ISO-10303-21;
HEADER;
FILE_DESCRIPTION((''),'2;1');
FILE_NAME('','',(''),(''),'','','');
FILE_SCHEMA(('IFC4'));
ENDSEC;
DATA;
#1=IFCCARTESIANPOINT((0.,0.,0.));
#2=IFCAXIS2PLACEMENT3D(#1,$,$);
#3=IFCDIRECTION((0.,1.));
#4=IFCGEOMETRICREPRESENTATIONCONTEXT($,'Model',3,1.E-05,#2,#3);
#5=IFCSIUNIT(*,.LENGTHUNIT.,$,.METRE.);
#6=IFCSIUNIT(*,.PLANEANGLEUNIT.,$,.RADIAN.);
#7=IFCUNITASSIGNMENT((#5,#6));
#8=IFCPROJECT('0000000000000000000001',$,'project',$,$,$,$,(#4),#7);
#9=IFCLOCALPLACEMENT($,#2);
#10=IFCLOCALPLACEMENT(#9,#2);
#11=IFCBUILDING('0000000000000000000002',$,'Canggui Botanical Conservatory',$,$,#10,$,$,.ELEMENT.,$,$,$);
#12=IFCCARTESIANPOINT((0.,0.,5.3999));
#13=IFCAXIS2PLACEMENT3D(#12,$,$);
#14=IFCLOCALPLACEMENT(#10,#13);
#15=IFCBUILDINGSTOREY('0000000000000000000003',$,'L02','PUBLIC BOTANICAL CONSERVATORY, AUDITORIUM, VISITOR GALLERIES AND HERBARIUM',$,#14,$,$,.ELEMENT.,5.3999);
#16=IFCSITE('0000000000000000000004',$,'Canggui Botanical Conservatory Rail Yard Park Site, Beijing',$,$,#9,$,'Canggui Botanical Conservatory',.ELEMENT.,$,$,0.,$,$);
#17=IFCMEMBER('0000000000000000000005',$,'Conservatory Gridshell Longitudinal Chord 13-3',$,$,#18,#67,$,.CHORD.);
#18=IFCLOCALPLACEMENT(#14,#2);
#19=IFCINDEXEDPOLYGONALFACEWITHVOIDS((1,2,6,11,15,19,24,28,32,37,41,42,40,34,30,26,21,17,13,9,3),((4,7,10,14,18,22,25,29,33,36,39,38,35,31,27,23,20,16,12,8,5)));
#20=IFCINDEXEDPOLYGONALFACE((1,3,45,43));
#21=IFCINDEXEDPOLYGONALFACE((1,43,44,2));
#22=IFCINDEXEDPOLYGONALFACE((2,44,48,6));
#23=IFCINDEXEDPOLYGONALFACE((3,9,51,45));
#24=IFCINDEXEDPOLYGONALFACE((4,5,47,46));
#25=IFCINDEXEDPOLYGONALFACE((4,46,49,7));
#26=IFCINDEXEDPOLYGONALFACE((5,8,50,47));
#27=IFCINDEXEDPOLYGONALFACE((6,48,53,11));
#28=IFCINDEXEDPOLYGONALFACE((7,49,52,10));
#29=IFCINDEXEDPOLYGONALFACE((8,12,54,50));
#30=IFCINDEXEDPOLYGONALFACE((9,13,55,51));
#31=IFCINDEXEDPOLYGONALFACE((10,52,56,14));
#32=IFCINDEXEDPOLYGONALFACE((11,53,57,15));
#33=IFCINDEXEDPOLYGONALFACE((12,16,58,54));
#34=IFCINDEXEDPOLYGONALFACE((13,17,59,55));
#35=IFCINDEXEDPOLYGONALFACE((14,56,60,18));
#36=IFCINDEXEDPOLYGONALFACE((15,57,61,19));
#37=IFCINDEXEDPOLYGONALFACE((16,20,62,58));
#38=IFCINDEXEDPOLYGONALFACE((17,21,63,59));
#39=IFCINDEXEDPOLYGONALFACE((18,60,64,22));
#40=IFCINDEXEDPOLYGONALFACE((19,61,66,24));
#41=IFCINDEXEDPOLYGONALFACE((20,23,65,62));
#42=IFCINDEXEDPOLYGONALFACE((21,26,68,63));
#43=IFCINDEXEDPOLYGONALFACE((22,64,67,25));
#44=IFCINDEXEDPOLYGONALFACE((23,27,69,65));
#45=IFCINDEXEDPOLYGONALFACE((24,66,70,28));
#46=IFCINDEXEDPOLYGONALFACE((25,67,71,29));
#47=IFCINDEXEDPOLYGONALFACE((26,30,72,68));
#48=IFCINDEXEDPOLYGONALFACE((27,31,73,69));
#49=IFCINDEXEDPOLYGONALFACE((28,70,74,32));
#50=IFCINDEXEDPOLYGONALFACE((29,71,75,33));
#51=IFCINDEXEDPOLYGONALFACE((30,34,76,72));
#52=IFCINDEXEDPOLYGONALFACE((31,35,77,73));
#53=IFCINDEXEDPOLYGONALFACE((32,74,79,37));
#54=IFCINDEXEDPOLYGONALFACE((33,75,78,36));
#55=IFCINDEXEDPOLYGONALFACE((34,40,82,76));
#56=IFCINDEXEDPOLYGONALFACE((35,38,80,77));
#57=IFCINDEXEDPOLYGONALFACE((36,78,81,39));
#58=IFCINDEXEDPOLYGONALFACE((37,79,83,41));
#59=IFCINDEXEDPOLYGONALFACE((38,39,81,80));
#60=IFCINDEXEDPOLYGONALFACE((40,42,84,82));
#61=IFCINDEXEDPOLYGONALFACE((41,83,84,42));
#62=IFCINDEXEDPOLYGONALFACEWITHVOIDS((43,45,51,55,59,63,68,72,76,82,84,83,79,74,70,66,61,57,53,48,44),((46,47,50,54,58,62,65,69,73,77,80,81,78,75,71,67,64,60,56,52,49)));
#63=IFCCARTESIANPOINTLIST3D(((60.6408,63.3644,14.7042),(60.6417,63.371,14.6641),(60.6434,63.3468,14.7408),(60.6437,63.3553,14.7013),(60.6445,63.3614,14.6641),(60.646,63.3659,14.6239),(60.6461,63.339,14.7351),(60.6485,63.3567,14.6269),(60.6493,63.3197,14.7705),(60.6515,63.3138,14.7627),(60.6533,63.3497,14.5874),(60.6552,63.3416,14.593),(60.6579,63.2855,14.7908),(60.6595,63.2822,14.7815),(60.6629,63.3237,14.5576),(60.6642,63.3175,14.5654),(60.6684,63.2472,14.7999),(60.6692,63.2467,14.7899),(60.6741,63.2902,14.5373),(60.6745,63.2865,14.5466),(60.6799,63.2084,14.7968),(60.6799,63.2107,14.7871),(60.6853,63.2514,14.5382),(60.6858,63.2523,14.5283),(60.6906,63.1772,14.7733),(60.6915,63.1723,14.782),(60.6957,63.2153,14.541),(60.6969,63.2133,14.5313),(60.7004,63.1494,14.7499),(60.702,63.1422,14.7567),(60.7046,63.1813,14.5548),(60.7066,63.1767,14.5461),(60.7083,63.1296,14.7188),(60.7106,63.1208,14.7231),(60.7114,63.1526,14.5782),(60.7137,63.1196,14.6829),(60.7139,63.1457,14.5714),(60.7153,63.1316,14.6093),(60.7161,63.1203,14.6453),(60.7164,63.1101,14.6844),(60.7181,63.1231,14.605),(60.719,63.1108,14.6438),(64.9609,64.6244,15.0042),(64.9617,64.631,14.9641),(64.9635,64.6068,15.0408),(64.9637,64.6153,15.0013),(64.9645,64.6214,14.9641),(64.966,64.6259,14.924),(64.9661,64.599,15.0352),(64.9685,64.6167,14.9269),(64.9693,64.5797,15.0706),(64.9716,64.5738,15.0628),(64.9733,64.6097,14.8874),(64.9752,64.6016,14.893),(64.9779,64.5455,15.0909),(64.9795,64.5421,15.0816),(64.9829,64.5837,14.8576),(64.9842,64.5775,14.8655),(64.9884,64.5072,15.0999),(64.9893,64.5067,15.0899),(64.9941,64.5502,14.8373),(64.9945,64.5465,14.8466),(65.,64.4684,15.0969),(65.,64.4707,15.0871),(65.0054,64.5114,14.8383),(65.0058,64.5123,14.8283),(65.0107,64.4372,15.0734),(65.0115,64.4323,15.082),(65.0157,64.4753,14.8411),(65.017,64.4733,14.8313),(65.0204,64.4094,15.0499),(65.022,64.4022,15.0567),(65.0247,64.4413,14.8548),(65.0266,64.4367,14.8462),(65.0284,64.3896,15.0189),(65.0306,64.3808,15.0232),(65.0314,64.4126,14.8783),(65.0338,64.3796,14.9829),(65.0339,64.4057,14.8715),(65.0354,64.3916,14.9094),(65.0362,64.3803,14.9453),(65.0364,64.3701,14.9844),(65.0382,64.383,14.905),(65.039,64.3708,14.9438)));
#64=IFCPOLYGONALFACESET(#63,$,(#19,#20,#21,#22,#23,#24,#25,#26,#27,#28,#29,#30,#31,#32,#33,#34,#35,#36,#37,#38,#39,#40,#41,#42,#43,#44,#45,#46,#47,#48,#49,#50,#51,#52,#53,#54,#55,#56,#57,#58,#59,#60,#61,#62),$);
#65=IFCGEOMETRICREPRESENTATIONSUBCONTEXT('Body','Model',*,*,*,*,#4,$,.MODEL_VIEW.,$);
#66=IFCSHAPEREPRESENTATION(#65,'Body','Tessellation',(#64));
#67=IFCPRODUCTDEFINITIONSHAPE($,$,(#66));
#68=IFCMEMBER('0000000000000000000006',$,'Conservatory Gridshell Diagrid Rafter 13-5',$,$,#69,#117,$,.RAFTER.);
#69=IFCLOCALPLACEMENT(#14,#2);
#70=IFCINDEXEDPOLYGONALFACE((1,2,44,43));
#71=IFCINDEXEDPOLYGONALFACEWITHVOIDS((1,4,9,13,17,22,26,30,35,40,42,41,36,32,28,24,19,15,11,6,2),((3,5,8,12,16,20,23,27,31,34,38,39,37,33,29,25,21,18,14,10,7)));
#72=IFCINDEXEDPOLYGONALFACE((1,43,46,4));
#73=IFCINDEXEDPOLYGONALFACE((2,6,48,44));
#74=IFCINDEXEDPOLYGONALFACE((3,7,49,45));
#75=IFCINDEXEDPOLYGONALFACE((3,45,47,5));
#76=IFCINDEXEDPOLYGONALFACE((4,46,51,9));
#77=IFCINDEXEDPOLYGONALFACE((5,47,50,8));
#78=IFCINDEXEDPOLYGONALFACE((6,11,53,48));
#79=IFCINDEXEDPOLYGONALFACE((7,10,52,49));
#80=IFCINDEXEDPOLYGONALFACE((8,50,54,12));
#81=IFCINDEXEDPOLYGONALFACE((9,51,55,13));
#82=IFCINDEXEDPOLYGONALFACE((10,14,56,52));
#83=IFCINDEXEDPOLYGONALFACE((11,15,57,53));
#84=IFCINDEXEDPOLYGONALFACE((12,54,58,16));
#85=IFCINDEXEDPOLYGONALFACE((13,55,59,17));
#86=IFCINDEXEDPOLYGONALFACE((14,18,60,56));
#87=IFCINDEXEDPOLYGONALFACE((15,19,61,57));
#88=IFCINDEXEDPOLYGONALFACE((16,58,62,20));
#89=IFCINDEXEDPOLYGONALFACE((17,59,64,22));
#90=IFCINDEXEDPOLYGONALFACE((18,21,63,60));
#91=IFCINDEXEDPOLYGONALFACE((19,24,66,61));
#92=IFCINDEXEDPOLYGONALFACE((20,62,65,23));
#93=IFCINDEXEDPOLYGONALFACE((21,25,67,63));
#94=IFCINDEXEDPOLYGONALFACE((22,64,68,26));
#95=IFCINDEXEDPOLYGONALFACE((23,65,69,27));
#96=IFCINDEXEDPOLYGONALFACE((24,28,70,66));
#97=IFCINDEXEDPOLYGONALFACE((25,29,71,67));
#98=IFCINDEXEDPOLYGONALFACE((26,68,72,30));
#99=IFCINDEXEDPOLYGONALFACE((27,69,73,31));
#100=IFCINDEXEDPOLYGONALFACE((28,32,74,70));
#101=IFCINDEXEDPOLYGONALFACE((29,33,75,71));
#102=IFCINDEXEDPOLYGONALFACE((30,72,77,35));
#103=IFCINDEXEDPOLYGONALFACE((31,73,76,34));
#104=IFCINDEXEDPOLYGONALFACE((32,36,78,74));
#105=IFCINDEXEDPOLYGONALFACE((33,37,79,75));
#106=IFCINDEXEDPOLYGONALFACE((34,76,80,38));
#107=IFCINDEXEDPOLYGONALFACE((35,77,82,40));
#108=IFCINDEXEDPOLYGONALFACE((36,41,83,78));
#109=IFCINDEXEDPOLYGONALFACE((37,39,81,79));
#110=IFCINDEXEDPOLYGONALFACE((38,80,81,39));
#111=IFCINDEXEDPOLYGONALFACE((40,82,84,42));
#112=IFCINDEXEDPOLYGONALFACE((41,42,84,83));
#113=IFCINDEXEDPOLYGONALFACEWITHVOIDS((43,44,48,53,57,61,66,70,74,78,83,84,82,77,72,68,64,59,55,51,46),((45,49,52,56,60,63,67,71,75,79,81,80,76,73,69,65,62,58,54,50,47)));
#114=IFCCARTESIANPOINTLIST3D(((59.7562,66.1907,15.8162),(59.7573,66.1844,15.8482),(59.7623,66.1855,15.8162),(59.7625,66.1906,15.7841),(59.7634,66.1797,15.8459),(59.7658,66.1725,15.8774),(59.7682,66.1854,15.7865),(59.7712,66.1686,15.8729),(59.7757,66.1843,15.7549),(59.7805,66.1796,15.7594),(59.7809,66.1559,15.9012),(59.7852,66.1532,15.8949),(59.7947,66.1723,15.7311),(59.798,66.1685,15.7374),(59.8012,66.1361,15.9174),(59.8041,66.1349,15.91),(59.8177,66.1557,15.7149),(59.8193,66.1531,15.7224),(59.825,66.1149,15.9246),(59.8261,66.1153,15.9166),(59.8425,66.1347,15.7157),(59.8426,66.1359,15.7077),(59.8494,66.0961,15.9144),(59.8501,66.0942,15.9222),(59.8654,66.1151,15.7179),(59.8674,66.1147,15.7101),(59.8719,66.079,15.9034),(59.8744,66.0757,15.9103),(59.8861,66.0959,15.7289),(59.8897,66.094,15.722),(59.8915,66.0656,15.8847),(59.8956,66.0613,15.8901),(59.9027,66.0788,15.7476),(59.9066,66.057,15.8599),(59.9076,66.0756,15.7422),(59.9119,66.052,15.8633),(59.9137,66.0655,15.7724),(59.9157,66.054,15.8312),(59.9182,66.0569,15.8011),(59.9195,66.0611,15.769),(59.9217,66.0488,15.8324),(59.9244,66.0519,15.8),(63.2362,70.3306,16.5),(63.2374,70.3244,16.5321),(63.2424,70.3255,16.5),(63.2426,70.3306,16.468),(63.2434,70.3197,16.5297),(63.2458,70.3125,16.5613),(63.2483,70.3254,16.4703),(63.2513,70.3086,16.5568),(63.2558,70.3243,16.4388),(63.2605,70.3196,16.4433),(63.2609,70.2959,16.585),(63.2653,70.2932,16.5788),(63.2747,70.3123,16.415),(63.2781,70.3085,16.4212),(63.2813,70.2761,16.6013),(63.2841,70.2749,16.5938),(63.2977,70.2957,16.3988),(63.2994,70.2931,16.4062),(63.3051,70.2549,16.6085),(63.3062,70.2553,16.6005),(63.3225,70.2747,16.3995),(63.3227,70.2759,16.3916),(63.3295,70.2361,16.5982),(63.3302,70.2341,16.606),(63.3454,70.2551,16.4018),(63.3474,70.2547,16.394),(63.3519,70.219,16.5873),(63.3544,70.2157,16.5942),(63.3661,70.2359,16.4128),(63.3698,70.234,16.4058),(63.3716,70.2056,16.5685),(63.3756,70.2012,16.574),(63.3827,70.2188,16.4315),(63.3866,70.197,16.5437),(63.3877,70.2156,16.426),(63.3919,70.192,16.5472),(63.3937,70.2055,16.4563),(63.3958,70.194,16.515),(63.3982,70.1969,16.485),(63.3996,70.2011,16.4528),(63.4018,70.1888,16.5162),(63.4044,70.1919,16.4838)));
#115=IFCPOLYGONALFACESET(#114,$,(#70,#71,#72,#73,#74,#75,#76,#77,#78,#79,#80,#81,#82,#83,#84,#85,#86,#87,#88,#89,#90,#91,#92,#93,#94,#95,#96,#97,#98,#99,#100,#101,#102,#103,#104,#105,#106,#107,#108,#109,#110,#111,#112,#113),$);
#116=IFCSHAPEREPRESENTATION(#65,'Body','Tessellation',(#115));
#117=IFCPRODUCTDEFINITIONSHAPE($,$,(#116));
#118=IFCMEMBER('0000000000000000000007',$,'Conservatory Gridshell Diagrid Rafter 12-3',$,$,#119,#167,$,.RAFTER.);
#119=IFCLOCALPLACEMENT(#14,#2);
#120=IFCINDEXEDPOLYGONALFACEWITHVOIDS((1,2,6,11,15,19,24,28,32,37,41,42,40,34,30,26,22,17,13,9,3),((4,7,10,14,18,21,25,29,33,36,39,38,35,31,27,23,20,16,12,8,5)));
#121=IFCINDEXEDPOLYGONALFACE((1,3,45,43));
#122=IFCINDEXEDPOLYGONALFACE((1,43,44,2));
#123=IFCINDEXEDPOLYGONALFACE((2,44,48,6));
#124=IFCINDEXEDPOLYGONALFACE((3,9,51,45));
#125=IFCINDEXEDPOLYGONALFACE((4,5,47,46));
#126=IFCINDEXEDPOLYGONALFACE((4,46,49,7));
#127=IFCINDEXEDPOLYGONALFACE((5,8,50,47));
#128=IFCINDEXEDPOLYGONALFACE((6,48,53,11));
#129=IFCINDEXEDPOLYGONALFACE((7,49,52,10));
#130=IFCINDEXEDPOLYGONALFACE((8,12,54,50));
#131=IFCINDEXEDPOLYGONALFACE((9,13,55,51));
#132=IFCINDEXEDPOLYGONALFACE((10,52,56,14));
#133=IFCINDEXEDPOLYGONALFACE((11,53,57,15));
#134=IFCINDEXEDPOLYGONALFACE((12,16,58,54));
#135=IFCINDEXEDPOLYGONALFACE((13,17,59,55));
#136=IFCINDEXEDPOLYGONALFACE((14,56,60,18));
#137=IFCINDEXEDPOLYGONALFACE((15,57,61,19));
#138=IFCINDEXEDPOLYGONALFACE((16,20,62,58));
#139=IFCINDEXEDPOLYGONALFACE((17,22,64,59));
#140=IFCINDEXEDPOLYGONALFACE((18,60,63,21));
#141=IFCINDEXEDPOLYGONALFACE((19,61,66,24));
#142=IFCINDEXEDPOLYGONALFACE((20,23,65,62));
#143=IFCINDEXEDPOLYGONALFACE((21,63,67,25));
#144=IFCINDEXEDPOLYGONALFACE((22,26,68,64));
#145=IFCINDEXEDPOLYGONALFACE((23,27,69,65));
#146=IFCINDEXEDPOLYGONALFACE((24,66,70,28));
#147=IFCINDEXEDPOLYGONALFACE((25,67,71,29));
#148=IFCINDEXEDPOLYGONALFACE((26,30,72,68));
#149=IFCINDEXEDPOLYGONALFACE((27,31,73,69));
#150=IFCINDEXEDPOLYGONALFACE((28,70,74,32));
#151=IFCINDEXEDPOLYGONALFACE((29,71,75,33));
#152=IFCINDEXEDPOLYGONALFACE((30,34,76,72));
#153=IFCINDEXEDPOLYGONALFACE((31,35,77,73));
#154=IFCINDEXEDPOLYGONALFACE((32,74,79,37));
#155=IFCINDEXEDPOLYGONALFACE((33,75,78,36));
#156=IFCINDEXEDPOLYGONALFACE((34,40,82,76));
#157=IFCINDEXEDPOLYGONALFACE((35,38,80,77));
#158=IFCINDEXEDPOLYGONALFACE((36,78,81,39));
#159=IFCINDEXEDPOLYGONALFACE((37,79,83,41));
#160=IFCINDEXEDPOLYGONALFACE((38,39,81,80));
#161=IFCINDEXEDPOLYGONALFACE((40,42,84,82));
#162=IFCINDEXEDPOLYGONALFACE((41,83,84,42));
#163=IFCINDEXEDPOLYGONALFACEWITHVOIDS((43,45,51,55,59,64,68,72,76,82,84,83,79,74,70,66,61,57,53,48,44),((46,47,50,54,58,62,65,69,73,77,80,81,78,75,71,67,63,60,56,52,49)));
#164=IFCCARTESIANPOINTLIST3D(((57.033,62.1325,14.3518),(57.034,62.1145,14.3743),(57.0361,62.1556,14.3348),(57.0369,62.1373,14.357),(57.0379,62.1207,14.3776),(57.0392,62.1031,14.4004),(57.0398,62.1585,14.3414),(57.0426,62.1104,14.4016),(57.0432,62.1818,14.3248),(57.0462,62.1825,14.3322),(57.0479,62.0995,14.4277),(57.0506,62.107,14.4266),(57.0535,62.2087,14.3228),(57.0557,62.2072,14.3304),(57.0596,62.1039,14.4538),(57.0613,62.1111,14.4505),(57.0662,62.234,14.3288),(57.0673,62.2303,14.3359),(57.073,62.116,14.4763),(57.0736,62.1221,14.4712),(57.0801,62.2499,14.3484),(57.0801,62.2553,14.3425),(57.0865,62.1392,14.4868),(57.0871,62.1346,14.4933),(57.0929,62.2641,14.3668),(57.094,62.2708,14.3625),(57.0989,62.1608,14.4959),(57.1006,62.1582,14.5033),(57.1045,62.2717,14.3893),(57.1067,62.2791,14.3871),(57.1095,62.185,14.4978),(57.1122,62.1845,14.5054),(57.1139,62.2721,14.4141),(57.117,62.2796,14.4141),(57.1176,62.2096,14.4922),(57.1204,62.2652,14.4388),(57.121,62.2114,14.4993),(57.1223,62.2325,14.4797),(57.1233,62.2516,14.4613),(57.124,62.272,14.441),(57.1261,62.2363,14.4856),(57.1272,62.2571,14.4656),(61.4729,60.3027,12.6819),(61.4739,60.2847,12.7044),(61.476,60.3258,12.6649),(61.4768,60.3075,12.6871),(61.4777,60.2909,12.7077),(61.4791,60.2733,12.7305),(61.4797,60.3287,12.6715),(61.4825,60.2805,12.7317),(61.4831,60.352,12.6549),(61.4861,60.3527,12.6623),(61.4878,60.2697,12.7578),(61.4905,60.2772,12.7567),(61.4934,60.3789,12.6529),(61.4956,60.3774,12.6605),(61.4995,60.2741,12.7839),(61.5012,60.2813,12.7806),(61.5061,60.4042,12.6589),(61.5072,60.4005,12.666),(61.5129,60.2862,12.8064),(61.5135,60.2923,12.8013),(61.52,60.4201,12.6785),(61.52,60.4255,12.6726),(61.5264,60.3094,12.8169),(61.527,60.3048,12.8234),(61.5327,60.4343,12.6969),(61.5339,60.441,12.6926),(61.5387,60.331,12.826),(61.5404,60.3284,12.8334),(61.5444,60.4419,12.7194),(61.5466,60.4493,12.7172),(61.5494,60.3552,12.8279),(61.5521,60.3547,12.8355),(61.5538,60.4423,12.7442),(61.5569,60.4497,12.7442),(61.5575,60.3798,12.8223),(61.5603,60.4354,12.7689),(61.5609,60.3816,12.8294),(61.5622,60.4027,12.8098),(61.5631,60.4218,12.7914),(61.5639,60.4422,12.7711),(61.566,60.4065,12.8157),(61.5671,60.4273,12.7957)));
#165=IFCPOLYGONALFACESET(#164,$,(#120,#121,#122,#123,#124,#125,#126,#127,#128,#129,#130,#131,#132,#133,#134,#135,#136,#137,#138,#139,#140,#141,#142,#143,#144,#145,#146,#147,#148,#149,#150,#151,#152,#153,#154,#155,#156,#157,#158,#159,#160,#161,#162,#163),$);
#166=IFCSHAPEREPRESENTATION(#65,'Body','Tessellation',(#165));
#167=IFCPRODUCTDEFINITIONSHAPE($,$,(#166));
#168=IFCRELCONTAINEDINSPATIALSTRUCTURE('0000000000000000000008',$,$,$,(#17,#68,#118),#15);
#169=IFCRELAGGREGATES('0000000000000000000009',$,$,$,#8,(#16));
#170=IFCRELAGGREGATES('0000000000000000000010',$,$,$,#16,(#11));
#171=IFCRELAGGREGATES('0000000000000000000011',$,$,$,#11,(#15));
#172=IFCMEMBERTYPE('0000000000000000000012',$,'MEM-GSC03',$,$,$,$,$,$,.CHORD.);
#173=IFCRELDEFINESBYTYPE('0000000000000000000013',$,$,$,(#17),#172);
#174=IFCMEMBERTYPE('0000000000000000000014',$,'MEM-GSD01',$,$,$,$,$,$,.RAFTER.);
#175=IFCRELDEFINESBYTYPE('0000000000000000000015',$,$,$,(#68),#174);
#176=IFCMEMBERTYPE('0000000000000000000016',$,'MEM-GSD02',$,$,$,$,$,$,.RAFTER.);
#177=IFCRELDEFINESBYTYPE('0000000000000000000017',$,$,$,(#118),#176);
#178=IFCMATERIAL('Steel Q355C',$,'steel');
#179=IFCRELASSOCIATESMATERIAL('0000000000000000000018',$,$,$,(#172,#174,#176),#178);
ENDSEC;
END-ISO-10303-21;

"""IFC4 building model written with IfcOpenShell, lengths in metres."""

from ifc_helpers import new_model, si_unit, direction, frame, origin, origin_2d, place, context, subcontext, project, spatial, hollow_circle, extrude, material, material_profile, profile_set, type_object, element, save


model = new_model("IFC4")

# Units and contexts
model_context = context("Model", 3, precision=1e-05, world=origin(), true_north=direction((0.0, 1.0)))
body_context = subcontext(model_context, "Body", "Model", "MODEL_VIEW")
ifc_project = project(units=[si_unit("LENGTHUNIT", "METRE"), si_unit("PLANEANGLEUNIT", "RADIAN")], contexts=[model_context])

# Site, building, storey
site_placement = place(None, origin())
site = spatial("IfcSite", under=ifc_project, at=site_placement, Name="Canggui Botanical Conservatory Rail Yard Park Site, Beijing", LongName="Canggui Botanical Conservatory", CompositionType="ELEMENT", RefElevation=0.0)
building_placement = place(site_placement, origin())
building = spatial("IfcBuilding", under=site, at=building_placement, Name="Canggui Botanical Conservatory", CompositionType="ELEMENT")
storey_placement = place(building_placement, frame((0.0, 0.0, 5.3999)))
storey = spatial("IfcBuildingStorey", under=building, at=storey_placement, Name="L02", Description="PUBLIC BOTANICAL CONSERVATORY, AUDITORIUM, VISITOR GALLERIES AND HERBARIUM", CompositionType="ELEMENT", Elevation=5.3999)

# Shared definitions
ifc_material_1 = material(Name="Steel Q355C", Category="steel")

# Members
ifc_material_profile_1 = material_profile(ifc_material_1, hollow_circle(Radius=0.1365, WallThickness=0.01, at=origin_2d()), Name="CHS 273x10")
ifc_profile_set_1 = profile_set([ifc_material_profile_1], Name="Steel Q355C")
member_type_1 = type_object("IfcMemberType", Name="MEM-GSC03", PredefinedType="CHORD", material=ifc_profile_set_1)
member_1_placement = place(storey_placement, frame((60.6799, 63.24, 14.6641), z_axis=(0.957874, 0.279378, 0.066529), x_axis=(-0.279998, 0.960001, 0.0)))
element("IfcMember", 1, at=member_1_placement, inside=storey, type_object=member_type_1, Name="Conservatory Gridshell Longitudinal Chord 13-3", PredefinedType="CHORD", context=body_context, shape_type="SweptSolid", body=[
    extrude(hollow_circle(Radius=0.1365, WallThickness=0.01, at=origin_2d()), origin(), (0.0, 0.0, 1.0), 4.51),
])
ifc_material_profile_2 = material_profile(ifc_material_1, hollow_circle(Radius=0.1096, WallThickness=0.0081, at=origin_2d()), Name="CHS 219x8")
ifc_profile_set_2 = profile_set([ifc_material_profile_2], Name="Steel Q355C")
member_type_2 = type_object("IfcMemberType", Name="MEM-GSD01", PredefinedType="RAFTER", material=ifc_profile_set_2)
member_2_placement = place(storey_placement, frame((59.8401, 66.1201, 15.8162), z_axis=(0.638377, 0.759433, 0.125445), x_axis=(-0.76548, 0.64346, 0.0)))
element("IfcMember", 2, at=member_2_placement, inside=storey, type_object=member_type_2, Name="Conservatory Gridshell Diagrid Rafter 13-5", PredefinedType="RAFTER", context=body_context, shape_type="SweptSolid", body=[
    extrude(hollow_circle(Radius=0.1096, WallThickness=0.0081, at=origin_2d()), origin(), (0.0, 0.0, 1.0), 5.4514),
])
ifc_material_profile_3 = material_profile(ifc_material_1, hollow_circle(Radius=0.0969, WallThickness=0.0081, at=origin_2d()), Name="CHS 194x8")
ifc_profile_set_3 = profile_set([ifc_material_profile_3], Name="Steel Q355C")
member_type_3 = type_object("IfcMemberType", Name="MEM-GSD02", PredefinedType="RAFTER", material=ifc_profile_set_3)
member_3_placement = place(storey_placement, frame((57.0801, 62.1899, 14.4141), z_axis=(0.873267, -0.3599, -0.328447), x_axis=(0.381039, 0.924559, 0.0)))
element("IfcMember", 3, at=member_3_placement, inside=storey, type_object=member_type_3, Name="Conservatory Gridshell Diagrid Rafter 12-3", PredefinedType="RAFTER", context=body_context, shape_type="SweptSolid", body=[
    extrude(hollow_circle(Radius=0.0969, WallThickness=0.0081, at=origin_2d()), origin(), (0.0, 0.0, 1.0), 5.0842),
])

save(model, "model.ifc")
